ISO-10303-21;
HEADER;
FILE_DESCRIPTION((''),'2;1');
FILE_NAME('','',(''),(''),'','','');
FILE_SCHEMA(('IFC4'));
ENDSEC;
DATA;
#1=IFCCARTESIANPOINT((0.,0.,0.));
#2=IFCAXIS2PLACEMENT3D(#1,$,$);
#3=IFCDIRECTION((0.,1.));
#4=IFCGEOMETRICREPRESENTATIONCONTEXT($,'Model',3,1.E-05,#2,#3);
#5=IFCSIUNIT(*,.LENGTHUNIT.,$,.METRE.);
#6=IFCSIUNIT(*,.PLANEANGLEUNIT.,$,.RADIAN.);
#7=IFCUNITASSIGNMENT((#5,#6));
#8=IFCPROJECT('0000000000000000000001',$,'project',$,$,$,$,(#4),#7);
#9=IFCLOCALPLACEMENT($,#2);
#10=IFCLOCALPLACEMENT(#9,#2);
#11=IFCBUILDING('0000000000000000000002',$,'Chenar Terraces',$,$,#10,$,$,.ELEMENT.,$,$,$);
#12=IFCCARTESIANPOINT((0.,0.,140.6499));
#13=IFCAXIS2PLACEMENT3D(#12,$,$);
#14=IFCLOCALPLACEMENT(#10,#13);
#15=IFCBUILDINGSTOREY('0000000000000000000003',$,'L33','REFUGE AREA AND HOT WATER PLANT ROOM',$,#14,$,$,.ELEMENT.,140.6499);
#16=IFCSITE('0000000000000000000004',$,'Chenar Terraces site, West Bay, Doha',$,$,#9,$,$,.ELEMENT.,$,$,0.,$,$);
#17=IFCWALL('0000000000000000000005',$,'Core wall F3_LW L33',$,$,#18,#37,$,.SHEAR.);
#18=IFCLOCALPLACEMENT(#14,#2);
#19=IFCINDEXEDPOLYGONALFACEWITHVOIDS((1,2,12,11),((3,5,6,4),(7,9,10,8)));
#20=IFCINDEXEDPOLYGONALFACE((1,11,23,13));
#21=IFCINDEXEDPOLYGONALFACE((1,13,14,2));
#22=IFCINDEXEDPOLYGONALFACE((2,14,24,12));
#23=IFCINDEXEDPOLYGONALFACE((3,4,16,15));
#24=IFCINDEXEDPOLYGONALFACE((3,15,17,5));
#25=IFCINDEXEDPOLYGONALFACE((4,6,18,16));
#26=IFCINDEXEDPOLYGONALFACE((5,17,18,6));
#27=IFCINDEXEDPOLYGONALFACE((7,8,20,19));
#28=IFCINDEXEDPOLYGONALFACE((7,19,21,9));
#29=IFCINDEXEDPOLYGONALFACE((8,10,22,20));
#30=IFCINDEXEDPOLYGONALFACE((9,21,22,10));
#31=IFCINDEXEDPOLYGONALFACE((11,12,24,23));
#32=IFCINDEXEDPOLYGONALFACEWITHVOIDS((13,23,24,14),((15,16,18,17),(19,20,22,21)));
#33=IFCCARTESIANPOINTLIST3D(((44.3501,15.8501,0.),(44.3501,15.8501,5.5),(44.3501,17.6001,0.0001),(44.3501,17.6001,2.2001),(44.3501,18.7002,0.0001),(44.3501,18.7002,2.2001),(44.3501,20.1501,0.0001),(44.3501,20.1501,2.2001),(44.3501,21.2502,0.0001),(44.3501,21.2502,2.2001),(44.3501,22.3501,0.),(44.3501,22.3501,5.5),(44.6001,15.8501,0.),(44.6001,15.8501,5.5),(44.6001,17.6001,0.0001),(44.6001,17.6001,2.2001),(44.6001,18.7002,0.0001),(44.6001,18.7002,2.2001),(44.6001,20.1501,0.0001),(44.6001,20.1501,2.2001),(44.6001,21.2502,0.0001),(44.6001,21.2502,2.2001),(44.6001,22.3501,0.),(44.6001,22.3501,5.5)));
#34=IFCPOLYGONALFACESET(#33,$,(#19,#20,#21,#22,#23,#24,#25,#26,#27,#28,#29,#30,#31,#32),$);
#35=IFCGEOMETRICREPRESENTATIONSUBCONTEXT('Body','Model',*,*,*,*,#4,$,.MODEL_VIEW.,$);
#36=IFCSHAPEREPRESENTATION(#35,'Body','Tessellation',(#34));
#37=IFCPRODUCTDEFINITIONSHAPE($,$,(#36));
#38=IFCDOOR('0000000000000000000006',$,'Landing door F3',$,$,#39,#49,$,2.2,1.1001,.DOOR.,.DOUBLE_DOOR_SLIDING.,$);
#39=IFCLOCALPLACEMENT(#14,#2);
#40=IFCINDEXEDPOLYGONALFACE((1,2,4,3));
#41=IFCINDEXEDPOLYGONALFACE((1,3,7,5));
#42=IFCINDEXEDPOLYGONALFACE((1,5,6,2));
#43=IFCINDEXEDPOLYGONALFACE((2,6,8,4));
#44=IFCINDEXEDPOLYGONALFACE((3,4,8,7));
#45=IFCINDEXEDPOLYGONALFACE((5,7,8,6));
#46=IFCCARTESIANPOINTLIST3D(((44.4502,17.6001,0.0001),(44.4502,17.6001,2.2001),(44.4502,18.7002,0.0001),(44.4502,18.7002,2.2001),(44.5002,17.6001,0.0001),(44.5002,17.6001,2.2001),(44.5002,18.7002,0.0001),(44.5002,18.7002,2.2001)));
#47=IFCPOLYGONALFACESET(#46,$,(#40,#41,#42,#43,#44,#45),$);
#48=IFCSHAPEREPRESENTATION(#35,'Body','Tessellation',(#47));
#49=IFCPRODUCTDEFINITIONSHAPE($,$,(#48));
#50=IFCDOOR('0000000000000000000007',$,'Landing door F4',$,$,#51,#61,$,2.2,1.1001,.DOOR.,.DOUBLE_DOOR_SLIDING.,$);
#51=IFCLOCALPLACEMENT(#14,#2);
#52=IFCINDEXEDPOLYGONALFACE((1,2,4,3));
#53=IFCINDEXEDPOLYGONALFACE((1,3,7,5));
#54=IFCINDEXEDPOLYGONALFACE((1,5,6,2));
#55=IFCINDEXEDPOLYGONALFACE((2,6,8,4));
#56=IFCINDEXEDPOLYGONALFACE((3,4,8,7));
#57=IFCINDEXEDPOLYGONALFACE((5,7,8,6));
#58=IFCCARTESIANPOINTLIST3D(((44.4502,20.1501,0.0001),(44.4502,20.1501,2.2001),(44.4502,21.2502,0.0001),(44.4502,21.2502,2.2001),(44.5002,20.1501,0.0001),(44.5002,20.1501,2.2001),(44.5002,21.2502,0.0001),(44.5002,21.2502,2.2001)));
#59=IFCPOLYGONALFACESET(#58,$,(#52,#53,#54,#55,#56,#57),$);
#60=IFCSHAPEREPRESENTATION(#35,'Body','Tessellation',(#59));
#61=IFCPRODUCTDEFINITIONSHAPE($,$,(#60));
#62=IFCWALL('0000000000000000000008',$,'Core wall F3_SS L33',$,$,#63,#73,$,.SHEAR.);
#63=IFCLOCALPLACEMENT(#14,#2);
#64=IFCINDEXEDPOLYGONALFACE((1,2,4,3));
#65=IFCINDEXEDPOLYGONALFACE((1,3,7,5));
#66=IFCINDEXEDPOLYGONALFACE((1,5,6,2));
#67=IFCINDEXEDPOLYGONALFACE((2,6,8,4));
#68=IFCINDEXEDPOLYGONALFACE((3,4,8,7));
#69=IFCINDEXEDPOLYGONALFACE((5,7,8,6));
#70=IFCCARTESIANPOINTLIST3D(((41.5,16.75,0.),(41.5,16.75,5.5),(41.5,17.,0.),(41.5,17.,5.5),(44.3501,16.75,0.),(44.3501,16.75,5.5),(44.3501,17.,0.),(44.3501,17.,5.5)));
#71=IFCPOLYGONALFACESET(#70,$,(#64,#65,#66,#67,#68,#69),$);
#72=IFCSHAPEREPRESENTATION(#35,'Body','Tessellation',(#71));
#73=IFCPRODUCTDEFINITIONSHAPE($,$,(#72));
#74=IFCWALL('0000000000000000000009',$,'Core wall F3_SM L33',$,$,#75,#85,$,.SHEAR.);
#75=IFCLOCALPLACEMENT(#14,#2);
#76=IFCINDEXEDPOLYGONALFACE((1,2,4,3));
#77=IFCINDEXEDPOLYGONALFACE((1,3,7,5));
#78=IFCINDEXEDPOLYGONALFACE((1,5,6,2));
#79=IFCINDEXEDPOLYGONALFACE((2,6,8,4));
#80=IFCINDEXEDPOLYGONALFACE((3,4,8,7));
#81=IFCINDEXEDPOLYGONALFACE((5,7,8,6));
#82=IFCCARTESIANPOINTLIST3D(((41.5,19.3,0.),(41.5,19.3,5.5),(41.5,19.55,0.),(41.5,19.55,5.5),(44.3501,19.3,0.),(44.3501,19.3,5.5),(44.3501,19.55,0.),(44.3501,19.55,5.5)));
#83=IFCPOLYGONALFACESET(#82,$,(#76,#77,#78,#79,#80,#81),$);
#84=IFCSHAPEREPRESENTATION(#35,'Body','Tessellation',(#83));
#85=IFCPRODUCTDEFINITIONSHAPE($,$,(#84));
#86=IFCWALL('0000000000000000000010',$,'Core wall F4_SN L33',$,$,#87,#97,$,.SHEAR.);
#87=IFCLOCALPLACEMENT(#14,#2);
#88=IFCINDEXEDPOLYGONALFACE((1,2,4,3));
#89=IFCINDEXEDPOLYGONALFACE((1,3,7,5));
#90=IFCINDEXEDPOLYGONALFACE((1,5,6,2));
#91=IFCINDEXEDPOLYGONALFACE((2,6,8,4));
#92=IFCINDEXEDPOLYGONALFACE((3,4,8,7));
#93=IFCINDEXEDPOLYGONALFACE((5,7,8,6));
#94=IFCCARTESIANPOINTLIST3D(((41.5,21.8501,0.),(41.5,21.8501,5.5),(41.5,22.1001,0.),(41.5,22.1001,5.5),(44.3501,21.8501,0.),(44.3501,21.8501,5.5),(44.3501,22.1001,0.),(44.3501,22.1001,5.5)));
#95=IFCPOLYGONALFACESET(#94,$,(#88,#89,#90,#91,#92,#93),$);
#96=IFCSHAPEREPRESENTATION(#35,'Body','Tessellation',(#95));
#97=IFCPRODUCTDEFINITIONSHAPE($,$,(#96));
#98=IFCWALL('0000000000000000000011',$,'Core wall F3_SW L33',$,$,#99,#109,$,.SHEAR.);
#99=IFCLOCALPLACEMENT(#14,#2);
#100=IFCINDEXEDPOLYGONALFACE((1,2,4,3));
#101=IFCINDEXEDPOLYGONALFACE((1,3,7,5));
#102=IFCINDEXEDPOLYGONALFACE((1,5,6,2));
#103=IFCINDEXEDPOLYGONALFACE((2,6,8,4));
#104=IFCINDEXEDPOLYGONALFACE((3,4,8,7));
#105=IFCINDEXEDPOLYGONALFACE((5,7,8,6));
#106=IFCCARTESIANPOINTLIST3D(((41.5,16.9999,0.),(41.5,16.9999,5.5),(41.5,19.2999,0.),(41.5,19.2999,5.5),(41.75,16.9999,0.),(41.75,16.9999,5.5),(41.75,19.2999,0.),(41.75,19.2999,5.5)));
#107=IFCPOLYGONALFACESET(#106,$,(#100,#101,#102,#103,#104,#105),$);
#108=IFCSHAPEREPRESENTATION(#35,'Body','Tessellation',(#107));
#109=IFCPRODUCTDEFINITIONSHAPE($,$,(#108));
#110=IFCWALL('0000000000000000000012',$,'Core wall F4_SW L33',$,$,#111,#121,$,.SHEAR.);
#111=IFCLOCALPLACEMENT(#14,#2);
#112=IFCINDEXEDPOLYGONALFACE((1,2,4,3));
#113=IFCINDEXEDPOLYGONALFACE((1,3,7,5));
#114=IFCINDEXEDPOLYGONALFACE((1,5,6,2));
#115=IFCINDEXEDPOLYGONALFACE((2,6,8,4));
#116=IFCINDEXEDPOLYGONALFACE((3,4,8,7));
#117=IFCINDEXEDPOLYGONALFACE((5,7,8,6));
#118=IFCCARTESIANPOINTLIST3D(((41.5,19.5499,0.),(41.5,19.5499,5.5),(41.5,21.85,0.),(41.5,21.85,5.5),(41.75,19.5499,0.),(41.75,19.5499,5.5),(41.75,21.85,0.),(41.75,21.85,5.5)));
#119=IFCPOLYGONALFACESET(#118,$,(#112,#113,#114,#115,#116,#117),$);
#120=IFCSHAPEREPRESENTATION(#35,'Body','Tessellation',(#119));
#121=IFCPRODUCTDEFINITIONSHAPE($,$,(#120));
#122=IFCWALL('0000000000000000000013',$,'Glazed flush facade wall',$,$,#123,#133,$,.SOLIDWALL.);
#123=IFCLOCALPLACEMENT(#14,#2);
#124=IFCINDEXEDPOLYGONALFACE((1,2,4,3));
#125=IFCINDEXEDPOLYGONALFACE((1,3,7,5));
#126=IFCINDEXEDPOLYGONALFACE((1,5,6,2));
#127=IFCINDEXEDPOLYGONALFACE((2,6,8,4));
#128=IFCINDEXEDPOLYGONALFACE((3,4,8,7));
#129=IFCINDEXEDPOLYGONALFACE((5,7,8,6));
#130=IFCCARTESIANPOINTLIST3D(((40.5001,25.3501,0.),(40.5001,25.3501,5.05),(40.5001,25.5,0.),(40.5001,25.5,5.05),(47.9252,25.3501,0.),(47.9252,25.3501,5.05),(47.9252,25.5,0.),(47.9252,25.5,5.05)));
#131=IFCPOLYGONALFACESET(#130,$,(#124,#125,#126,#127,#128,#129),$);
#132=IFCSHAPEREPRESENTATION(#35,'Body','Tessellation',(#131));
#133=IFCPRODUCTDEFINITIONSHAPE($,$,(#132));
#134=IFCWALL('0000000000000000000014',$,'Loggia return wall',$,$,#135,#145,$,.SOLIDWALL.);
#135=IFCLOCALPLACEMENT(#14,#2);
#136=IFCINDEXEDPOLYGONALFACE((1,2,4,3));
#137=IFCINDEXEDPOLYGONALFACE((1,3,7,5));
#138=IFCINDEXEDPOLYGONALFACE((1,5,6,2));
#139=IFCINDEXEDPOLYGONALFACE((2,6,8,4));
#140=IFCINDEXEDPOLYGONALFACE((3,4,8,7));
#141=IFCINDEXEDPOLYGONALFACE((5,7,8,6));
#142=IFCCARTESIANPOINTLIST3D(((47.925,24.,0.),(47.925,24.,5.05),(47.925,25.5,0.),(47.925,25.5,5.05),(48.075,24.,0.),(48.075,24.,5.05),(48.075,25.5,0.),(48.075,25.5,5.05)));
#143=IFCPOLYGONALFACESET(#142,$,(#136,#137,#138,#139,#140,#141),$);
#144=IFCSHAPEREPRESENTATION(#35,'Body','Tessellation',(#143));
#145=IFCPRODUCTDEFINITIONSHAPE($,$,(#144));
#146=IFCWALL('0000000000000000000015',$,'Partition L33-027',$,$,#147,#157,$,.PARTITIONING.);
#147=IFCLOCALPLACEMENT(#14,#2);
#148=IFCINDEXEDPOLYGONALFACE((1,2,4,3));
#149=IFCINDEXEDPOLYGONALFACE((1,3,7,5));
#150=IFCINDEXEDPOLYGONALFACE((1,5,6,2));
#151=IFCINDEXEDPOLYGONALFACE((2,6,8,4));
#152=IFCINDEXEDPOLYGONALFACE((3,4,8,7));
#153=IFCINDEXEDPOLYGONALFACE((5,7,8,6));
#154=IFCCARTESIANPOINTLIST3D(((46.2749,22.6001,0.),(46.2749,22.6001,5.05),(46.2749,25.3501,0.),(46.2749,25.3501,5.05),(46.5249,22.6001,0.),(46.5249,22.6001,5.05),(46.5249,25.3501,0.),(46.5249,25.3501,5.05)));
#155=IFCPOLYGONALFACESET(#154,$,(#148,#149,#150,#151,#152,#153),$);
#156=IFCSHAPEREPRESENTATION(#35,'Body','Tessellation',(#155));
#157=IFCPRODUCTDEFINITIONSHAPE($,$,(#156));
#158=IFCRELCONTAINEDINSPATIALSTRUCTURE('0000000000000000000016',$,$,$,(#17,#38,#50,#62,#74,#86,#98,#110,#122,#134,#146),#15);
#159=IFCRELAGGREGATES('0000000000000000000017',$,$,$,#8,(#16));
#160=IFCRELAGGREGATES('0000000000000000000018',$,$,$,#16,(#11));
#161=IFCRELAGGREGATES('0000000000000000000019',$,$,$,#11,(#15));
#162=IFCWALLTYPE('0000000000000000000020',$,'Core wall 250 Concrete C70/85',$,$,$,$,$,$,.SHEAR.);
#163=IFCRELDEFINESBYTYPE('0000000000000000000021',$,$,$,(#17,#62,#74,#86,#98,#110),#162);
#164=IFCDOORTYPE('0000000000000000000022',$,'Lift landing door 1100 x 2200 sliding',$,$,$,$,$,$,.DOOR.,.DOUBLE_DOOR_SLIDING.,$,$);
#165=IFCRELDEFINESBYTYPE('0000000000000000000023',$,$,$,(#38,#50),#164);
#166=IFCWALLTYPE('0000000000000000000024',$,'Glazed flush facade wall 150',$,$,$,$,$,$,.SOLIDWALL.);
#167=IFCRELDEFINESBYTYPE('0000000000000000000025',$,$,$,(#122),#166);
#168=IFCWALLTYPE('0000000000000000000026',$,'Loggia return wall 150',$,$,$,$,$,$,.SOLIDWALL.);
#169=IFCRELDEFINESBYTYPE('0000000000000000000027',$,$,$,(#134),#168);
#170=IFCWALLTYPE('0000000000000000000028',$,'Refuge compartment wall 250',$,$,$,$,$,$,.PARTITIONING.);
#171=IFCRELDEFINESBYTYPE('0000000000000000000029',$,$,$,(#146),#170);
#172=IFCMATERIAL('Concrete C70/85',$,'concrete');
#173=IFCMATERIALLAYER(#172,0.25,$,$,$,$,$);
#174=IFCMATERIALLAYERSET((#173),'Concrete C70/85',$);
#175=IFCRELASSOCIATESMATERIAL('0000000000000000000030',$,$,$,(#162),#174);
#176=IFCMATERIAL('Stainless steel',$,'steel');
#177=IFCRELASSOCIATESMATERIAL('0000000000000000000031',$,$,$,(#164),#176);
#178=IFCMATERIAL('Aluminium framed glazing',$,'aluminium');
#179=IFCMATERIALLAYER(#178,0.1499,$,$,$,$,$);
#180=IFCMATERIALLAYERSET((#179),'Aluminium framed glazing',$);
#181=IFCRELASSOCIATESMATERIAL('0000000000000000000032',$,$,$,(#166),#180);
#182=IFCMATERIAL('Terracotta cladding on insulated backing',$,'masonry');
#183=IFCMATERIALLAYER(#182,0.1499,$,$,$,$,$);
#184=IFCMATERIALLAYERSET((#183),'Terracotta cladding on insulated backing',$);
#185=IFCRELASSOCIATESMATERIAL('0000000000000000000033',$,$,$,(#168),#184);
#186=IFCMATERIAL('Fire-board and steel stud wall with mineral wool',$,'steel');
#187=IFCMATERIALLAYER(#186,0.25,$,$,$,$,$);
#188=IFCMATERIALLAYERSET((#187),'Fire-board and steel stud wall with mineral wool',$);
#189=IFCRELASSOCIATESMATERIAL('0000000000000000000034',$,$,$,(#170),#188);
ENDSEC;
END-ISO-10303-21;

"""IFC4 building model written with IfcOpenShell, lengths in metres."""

from ifc_helpers import new_model, si_unit, direction, frame, frame_2d, origin, place, context, subcontext, project, spatial, rectangle, extrude, material, layer, layer_set, type_object, element, fill, save


model = new_model("IFC4")

# Units and contexts
model_context = context("Model", 3, precision=1e-05, world=origin(), true_north=direction((0.0, 1.0)))
body_context = subcontext(model_context, "Body", "Model", "MODEL_VIEW")
ifc_project = project(units=[si_unit("LENGTHUNIT", "METRE"), si_unit("PLANEANGLEUNIT", "RADIAN")], contexts=[model_context])

# Site, building, storey
site_placement = place(None, origin())
site = spatial("IfcSite", under=ifc_project, at=site_placement, Name="Chenar Terraces site, West Bay, Doha", CompositionType="ELEMENT", RefElevation=0.0)
building_placement = place(site_placement, origin())
building = spatial("IfcBuilding", under=site, at=building_placement, Name="Chenar Terraces", CompositionType="ELEMENT")
storey_placement = place(building_placement, frame((0.0, 0.0, 140.6499)))
storey = spatial("IfcBuildingStorey", under=building, at=storey_placement, Name="L33", Description="REFUGE AREA AND HOT WATER PLANT ROOM", CompositionType="ELEMENT", Elevation=140.6499)

# Shared definitions
ifc_material_1 = material(Name="Concrete C70/85", Category="concrete")
ifc_layer_1 = layer(ifc_material_1, 0.25)
ifc_layer_set_1 = layer_set([ifc_layer_1], Name="Concrete C70/85")
wall_type_1 = type_object("IfcWallType", Name="Core wall 250 Concrete C70/85", PredefinedType="SHEAR", material=ifc_layer_set_1)

# Wall, openings, doors
wall_1_placement = place(storey_placement, frame((44.4751, 15.8501, 0.0), z_axis=(0.0, 0.0, 1.0), x_axis=(0.0, 1.0, 0.0)))
wall_1 = element("IfcWall", 1, at=wall_1_placement, inside=storey, type_object=wall_type_1, Name="Core wall F3_LW L33", PredefinedType="SHEAR", context=body_context, shape_type="SweptSolid", body=[
    extrude(rectangle(XDim=6.5, YDim=0.25, at=frame_2d((3.25, 0.0))), origin(), (0.0, 0.0, 1.0), 5.5),
])
opening_1_placement = place(wall_1_placement, frame((1.75, 0.0, 0.0)))
opening_1 = element("IfcOpeningElement", 2, at=opening_1_placement, cuts=wall_1, PredefinedType="OPENING", context=body_context, shape_type="SweptSolid", body=[
    extrude(rectangle(XDim=1.1001, YDim=2.2, at=frame_2d((0.55, 1.1001))), frame((0.0, 0.135, 0.0), z_axis=(0.0, -1.0, 0.0), x_axis=(1.0, 0.0, 0.0)), (0.0, 0.0, 1.0), 0.27),
])
opening_2_placement = place(wall_1_placement, frame((4.3, 0.0, 0.0)))
opening_2 = element("IfcOpeningElement", 3, at=opening_2_placement, cuts=wall_1, PredefinedType="OPENING", context=body_context, shape_type="SweptSolid", body=[
    extrude(rectangle(XDim=1.1001, YDim=2.2, at=frame_2d((0.55, 1.1001))), frame((0.0, 0.135, 0.0), z_axis=(0.0, -1.0, 0.0), x_axis=(1.0, 0.0, 0.0)), (0.0, 0.0, 1.0), 0.27),
])
ifc_material_2 = material(Name="Stainless steel", Category="steel")
door_type_1 = type_object("IfcDoorType", Name="Lift landing door 1100 x 2200 sliding", OperationType="DOUBLE_DOOR_SLIDING", PredefinedType="DOOR", material=ifc_material_2)
door_1_placement = place(opening_1_placement, origin())
door_1 = element("IfcDoor", 4, at=door_1_placement, inside=storey, type_object=door_type_1, Name="Landing door F3", OperationType="DOUBLE_DOOR_SLIDING", OverallHeight=2.2, OverallWidth=1.1001, PredefinedType="DOOR", context=body_context, shape_type="SweptSolid", body=[
    extrude(rectangle(XDim=1.1001, YDim=2.2, at=frame_2d((0.55, 1.1001))), frame((0.0, 0.0249, 0.0), z_axis=(0.0, -1.0, 0.0), x_axis=(1.0, 0.0, 0.0)), (0.0, 0.0, 1.0), 0.05),
])
fill(opening_1, door_1)
door_2_placement = place(opening_2_placement, origin())
door_2 = element("IfcDoor", 5, at=door_2_placement, inside=storey, type_object=door_type_1, Name="Landing door F4", OperationType="DOUBLE_DOOR_SLIDING", OverallHeight=2.2, OverallWidth=1.1001, PredefinedType="DOOR", context=body_context, shape_type="SweptSolid", body=[
    extrude(rectangle(XDim=1.1001, YDim=2.2, at=frame_2d((0.55, 1.1001))), frame((0.0, 0.0249, 0.0), z_axis=(0.0, -1.0, 0.0), x_axis=(1.0, 0.0, 0.0)), (0.0, 0.0, 1.0), 0.05),
])
fill(opening_2, door_2)

# Walls
for number, where, z_axis, x_axis, name in (
    (6, (41.5, 16.875, 0.0), (0.0, 0.0, 1.0), (1.0, 0.0, 0.0), "Core wall F3_SS L33"),
    (7, (41.5, 19.425, 0.0), (0.0, 0.0, 1.0), (1.0, 0.0, 0.0), "Core wall F3_SM L33"),
    (8, (41.5, 21.9751, 0.0), (0.0, 0.0, 1.0), (1.0, 0.0, 0.0), "Core wall F4_SN L33"),
):
    element("IfcWall", number, at=place(storey_placement, frame(where, z_axis=z_axis, x_axis=x_axis)), inside=storey, type_object=wall_type_1, Name=name, PredefinedType="SHEAR", context=body_context, shape_type="SweptSolid", body=[
        extrude(rectangle(XDim=2.8501, YDim=0.25, at=frame_2d((1.425, 0.0))), origin(), (0.0, 0.0, 1.0), 5.5),
    ])
for number, where, z_axis, x_axis, name in (
    (9, (41.625, 17.0, 0.0), (0.0, 0.0, 1.0), (0.0, 1.0, 0.0), "Core wall F3_SW L33"),
    (10, (41.625, 19.55, 0.0), (0.0, 0.0, 1.0), (0.0, 1.0, 0.0), "Core wall F4_SW L33"),
):
    element("IfcWall", number, at=place(storey_placement, frame(where, z_axis=z_axis, x_axis=x_axis)), inside=storey, type_object=wall_type_1, Name=name, PredefinedType="SHEAR", context=body_context, shape_type="SweptSolid", body=[
        extrude(rectangle(XDim=2.3, YDim=0.25, at=frame_2d((1.1499, 0.0))), origin(), (0.0, 0.0, 1.0), 5.5),
    ])
ifc_material_3 = material(Name="Aluminium framed glazing", Category="aluminium")
ifc_layer_2 = layer(ifc_material_3, 0.1499)
ifc_layer_set_2 = layer_set([ifc_layer_2], Name="Aluminium framed glazing")
wall_type_2 = type_object("IfcWallType", Name="Glazed flush facade wall 150", PredefinedType="SOLIDWALL", material=ifc_layer_set_2)
wall_2_placement = place(storey_placement, frame((47.925, 25.425, 0.0), z_axis=(0.0, 0.0, 1.0), x_axis=(-1.0, 0.0, 0.0)))
element("IfcWall", 11, at=wall_2_placement, inside=storey, type_object=wall_type_2, Name="Glazed flush facade wall", PredefinedType="SOLIDWALL", context=body_context, shape_type="SweptSolid", body=[
    extrude(rectangle(XDim=7.425, YDim=0.1499, at=frame_2d((3.7124, 0.0))), origin(), (0.0, 0.0, 1.0), 5.05),
])
ifc_material_4 = material(Name="Terracotta cladding on insulated backing", Category="masonry")
ifc_layer_3 = layer(ifc_material_4, 0.1499)
ifc_layer_set_3 = layer_set([ifc_layer_3], Name="Terracotta cladding on insulated backing")
wall_type_3 = type_object("IfcWallType", Name="Loggia return wall 150", PredefinedType="SOLIDWALL", material=ifc_layer_set_3)
wall_3_placement = place(storey_placement, frame((48.0, 25.5, 0.0), z_axis=(0.0, 0.0, 1.0), x_axis=(0.0, -1.0, 0.0)))
element("IfcWall", 12, at=wall_3_placement, inside=storey, type_object=wall_type_3, Name="Loggia return wall", PredefinedType="SOLIDWALL", context=body_context, shape_type="SweptSolid", body=[
    extrude(rectangle(XDim=1.5, YDim=0.1499, at=frame_2d((0.75, 0.0))), origin(), (0.0, 0.0, 1.0), 5.05),
])
ifc_material_5 = material(Name="Fire-board and steel stud wall with mineral wool", Category="steel")
ifc_layer_4 = layer(ifc_material_5, 0.25)
ifc_layer_set_4 = layer_set([ifc_layer_4], Name="Fire-board and steel stud wall with mineral wool")
wall_type_4 = type_object("IfcWallType", Name="Refuge compartment wall 250", PredefinedType="PARTITIONING", material=ifc_layer_set_4)
wall_4_placement = place(storey_placement, frame((46.3999, 22.6001, 0.0), z_axis=(0.0, 0.0, 1.0), x_axis=(0.0, 1.0, 0.0)))
element("IfcWall", 13, at=wall_4_placement, inside=storey, type_object=wall_type_4, Name="Partition L33-027", PredefinedType="PARTITIONING", context=body_context, shape_type="SweptSolid", body=[
    extrude(rectangle(XDim=2.75, YDim=0.25, at=frame_2d((1.375, 0.0))), origin(), (0.0, 0.0, 1.0), 5.05),
])

save(model, "model.ifc")
